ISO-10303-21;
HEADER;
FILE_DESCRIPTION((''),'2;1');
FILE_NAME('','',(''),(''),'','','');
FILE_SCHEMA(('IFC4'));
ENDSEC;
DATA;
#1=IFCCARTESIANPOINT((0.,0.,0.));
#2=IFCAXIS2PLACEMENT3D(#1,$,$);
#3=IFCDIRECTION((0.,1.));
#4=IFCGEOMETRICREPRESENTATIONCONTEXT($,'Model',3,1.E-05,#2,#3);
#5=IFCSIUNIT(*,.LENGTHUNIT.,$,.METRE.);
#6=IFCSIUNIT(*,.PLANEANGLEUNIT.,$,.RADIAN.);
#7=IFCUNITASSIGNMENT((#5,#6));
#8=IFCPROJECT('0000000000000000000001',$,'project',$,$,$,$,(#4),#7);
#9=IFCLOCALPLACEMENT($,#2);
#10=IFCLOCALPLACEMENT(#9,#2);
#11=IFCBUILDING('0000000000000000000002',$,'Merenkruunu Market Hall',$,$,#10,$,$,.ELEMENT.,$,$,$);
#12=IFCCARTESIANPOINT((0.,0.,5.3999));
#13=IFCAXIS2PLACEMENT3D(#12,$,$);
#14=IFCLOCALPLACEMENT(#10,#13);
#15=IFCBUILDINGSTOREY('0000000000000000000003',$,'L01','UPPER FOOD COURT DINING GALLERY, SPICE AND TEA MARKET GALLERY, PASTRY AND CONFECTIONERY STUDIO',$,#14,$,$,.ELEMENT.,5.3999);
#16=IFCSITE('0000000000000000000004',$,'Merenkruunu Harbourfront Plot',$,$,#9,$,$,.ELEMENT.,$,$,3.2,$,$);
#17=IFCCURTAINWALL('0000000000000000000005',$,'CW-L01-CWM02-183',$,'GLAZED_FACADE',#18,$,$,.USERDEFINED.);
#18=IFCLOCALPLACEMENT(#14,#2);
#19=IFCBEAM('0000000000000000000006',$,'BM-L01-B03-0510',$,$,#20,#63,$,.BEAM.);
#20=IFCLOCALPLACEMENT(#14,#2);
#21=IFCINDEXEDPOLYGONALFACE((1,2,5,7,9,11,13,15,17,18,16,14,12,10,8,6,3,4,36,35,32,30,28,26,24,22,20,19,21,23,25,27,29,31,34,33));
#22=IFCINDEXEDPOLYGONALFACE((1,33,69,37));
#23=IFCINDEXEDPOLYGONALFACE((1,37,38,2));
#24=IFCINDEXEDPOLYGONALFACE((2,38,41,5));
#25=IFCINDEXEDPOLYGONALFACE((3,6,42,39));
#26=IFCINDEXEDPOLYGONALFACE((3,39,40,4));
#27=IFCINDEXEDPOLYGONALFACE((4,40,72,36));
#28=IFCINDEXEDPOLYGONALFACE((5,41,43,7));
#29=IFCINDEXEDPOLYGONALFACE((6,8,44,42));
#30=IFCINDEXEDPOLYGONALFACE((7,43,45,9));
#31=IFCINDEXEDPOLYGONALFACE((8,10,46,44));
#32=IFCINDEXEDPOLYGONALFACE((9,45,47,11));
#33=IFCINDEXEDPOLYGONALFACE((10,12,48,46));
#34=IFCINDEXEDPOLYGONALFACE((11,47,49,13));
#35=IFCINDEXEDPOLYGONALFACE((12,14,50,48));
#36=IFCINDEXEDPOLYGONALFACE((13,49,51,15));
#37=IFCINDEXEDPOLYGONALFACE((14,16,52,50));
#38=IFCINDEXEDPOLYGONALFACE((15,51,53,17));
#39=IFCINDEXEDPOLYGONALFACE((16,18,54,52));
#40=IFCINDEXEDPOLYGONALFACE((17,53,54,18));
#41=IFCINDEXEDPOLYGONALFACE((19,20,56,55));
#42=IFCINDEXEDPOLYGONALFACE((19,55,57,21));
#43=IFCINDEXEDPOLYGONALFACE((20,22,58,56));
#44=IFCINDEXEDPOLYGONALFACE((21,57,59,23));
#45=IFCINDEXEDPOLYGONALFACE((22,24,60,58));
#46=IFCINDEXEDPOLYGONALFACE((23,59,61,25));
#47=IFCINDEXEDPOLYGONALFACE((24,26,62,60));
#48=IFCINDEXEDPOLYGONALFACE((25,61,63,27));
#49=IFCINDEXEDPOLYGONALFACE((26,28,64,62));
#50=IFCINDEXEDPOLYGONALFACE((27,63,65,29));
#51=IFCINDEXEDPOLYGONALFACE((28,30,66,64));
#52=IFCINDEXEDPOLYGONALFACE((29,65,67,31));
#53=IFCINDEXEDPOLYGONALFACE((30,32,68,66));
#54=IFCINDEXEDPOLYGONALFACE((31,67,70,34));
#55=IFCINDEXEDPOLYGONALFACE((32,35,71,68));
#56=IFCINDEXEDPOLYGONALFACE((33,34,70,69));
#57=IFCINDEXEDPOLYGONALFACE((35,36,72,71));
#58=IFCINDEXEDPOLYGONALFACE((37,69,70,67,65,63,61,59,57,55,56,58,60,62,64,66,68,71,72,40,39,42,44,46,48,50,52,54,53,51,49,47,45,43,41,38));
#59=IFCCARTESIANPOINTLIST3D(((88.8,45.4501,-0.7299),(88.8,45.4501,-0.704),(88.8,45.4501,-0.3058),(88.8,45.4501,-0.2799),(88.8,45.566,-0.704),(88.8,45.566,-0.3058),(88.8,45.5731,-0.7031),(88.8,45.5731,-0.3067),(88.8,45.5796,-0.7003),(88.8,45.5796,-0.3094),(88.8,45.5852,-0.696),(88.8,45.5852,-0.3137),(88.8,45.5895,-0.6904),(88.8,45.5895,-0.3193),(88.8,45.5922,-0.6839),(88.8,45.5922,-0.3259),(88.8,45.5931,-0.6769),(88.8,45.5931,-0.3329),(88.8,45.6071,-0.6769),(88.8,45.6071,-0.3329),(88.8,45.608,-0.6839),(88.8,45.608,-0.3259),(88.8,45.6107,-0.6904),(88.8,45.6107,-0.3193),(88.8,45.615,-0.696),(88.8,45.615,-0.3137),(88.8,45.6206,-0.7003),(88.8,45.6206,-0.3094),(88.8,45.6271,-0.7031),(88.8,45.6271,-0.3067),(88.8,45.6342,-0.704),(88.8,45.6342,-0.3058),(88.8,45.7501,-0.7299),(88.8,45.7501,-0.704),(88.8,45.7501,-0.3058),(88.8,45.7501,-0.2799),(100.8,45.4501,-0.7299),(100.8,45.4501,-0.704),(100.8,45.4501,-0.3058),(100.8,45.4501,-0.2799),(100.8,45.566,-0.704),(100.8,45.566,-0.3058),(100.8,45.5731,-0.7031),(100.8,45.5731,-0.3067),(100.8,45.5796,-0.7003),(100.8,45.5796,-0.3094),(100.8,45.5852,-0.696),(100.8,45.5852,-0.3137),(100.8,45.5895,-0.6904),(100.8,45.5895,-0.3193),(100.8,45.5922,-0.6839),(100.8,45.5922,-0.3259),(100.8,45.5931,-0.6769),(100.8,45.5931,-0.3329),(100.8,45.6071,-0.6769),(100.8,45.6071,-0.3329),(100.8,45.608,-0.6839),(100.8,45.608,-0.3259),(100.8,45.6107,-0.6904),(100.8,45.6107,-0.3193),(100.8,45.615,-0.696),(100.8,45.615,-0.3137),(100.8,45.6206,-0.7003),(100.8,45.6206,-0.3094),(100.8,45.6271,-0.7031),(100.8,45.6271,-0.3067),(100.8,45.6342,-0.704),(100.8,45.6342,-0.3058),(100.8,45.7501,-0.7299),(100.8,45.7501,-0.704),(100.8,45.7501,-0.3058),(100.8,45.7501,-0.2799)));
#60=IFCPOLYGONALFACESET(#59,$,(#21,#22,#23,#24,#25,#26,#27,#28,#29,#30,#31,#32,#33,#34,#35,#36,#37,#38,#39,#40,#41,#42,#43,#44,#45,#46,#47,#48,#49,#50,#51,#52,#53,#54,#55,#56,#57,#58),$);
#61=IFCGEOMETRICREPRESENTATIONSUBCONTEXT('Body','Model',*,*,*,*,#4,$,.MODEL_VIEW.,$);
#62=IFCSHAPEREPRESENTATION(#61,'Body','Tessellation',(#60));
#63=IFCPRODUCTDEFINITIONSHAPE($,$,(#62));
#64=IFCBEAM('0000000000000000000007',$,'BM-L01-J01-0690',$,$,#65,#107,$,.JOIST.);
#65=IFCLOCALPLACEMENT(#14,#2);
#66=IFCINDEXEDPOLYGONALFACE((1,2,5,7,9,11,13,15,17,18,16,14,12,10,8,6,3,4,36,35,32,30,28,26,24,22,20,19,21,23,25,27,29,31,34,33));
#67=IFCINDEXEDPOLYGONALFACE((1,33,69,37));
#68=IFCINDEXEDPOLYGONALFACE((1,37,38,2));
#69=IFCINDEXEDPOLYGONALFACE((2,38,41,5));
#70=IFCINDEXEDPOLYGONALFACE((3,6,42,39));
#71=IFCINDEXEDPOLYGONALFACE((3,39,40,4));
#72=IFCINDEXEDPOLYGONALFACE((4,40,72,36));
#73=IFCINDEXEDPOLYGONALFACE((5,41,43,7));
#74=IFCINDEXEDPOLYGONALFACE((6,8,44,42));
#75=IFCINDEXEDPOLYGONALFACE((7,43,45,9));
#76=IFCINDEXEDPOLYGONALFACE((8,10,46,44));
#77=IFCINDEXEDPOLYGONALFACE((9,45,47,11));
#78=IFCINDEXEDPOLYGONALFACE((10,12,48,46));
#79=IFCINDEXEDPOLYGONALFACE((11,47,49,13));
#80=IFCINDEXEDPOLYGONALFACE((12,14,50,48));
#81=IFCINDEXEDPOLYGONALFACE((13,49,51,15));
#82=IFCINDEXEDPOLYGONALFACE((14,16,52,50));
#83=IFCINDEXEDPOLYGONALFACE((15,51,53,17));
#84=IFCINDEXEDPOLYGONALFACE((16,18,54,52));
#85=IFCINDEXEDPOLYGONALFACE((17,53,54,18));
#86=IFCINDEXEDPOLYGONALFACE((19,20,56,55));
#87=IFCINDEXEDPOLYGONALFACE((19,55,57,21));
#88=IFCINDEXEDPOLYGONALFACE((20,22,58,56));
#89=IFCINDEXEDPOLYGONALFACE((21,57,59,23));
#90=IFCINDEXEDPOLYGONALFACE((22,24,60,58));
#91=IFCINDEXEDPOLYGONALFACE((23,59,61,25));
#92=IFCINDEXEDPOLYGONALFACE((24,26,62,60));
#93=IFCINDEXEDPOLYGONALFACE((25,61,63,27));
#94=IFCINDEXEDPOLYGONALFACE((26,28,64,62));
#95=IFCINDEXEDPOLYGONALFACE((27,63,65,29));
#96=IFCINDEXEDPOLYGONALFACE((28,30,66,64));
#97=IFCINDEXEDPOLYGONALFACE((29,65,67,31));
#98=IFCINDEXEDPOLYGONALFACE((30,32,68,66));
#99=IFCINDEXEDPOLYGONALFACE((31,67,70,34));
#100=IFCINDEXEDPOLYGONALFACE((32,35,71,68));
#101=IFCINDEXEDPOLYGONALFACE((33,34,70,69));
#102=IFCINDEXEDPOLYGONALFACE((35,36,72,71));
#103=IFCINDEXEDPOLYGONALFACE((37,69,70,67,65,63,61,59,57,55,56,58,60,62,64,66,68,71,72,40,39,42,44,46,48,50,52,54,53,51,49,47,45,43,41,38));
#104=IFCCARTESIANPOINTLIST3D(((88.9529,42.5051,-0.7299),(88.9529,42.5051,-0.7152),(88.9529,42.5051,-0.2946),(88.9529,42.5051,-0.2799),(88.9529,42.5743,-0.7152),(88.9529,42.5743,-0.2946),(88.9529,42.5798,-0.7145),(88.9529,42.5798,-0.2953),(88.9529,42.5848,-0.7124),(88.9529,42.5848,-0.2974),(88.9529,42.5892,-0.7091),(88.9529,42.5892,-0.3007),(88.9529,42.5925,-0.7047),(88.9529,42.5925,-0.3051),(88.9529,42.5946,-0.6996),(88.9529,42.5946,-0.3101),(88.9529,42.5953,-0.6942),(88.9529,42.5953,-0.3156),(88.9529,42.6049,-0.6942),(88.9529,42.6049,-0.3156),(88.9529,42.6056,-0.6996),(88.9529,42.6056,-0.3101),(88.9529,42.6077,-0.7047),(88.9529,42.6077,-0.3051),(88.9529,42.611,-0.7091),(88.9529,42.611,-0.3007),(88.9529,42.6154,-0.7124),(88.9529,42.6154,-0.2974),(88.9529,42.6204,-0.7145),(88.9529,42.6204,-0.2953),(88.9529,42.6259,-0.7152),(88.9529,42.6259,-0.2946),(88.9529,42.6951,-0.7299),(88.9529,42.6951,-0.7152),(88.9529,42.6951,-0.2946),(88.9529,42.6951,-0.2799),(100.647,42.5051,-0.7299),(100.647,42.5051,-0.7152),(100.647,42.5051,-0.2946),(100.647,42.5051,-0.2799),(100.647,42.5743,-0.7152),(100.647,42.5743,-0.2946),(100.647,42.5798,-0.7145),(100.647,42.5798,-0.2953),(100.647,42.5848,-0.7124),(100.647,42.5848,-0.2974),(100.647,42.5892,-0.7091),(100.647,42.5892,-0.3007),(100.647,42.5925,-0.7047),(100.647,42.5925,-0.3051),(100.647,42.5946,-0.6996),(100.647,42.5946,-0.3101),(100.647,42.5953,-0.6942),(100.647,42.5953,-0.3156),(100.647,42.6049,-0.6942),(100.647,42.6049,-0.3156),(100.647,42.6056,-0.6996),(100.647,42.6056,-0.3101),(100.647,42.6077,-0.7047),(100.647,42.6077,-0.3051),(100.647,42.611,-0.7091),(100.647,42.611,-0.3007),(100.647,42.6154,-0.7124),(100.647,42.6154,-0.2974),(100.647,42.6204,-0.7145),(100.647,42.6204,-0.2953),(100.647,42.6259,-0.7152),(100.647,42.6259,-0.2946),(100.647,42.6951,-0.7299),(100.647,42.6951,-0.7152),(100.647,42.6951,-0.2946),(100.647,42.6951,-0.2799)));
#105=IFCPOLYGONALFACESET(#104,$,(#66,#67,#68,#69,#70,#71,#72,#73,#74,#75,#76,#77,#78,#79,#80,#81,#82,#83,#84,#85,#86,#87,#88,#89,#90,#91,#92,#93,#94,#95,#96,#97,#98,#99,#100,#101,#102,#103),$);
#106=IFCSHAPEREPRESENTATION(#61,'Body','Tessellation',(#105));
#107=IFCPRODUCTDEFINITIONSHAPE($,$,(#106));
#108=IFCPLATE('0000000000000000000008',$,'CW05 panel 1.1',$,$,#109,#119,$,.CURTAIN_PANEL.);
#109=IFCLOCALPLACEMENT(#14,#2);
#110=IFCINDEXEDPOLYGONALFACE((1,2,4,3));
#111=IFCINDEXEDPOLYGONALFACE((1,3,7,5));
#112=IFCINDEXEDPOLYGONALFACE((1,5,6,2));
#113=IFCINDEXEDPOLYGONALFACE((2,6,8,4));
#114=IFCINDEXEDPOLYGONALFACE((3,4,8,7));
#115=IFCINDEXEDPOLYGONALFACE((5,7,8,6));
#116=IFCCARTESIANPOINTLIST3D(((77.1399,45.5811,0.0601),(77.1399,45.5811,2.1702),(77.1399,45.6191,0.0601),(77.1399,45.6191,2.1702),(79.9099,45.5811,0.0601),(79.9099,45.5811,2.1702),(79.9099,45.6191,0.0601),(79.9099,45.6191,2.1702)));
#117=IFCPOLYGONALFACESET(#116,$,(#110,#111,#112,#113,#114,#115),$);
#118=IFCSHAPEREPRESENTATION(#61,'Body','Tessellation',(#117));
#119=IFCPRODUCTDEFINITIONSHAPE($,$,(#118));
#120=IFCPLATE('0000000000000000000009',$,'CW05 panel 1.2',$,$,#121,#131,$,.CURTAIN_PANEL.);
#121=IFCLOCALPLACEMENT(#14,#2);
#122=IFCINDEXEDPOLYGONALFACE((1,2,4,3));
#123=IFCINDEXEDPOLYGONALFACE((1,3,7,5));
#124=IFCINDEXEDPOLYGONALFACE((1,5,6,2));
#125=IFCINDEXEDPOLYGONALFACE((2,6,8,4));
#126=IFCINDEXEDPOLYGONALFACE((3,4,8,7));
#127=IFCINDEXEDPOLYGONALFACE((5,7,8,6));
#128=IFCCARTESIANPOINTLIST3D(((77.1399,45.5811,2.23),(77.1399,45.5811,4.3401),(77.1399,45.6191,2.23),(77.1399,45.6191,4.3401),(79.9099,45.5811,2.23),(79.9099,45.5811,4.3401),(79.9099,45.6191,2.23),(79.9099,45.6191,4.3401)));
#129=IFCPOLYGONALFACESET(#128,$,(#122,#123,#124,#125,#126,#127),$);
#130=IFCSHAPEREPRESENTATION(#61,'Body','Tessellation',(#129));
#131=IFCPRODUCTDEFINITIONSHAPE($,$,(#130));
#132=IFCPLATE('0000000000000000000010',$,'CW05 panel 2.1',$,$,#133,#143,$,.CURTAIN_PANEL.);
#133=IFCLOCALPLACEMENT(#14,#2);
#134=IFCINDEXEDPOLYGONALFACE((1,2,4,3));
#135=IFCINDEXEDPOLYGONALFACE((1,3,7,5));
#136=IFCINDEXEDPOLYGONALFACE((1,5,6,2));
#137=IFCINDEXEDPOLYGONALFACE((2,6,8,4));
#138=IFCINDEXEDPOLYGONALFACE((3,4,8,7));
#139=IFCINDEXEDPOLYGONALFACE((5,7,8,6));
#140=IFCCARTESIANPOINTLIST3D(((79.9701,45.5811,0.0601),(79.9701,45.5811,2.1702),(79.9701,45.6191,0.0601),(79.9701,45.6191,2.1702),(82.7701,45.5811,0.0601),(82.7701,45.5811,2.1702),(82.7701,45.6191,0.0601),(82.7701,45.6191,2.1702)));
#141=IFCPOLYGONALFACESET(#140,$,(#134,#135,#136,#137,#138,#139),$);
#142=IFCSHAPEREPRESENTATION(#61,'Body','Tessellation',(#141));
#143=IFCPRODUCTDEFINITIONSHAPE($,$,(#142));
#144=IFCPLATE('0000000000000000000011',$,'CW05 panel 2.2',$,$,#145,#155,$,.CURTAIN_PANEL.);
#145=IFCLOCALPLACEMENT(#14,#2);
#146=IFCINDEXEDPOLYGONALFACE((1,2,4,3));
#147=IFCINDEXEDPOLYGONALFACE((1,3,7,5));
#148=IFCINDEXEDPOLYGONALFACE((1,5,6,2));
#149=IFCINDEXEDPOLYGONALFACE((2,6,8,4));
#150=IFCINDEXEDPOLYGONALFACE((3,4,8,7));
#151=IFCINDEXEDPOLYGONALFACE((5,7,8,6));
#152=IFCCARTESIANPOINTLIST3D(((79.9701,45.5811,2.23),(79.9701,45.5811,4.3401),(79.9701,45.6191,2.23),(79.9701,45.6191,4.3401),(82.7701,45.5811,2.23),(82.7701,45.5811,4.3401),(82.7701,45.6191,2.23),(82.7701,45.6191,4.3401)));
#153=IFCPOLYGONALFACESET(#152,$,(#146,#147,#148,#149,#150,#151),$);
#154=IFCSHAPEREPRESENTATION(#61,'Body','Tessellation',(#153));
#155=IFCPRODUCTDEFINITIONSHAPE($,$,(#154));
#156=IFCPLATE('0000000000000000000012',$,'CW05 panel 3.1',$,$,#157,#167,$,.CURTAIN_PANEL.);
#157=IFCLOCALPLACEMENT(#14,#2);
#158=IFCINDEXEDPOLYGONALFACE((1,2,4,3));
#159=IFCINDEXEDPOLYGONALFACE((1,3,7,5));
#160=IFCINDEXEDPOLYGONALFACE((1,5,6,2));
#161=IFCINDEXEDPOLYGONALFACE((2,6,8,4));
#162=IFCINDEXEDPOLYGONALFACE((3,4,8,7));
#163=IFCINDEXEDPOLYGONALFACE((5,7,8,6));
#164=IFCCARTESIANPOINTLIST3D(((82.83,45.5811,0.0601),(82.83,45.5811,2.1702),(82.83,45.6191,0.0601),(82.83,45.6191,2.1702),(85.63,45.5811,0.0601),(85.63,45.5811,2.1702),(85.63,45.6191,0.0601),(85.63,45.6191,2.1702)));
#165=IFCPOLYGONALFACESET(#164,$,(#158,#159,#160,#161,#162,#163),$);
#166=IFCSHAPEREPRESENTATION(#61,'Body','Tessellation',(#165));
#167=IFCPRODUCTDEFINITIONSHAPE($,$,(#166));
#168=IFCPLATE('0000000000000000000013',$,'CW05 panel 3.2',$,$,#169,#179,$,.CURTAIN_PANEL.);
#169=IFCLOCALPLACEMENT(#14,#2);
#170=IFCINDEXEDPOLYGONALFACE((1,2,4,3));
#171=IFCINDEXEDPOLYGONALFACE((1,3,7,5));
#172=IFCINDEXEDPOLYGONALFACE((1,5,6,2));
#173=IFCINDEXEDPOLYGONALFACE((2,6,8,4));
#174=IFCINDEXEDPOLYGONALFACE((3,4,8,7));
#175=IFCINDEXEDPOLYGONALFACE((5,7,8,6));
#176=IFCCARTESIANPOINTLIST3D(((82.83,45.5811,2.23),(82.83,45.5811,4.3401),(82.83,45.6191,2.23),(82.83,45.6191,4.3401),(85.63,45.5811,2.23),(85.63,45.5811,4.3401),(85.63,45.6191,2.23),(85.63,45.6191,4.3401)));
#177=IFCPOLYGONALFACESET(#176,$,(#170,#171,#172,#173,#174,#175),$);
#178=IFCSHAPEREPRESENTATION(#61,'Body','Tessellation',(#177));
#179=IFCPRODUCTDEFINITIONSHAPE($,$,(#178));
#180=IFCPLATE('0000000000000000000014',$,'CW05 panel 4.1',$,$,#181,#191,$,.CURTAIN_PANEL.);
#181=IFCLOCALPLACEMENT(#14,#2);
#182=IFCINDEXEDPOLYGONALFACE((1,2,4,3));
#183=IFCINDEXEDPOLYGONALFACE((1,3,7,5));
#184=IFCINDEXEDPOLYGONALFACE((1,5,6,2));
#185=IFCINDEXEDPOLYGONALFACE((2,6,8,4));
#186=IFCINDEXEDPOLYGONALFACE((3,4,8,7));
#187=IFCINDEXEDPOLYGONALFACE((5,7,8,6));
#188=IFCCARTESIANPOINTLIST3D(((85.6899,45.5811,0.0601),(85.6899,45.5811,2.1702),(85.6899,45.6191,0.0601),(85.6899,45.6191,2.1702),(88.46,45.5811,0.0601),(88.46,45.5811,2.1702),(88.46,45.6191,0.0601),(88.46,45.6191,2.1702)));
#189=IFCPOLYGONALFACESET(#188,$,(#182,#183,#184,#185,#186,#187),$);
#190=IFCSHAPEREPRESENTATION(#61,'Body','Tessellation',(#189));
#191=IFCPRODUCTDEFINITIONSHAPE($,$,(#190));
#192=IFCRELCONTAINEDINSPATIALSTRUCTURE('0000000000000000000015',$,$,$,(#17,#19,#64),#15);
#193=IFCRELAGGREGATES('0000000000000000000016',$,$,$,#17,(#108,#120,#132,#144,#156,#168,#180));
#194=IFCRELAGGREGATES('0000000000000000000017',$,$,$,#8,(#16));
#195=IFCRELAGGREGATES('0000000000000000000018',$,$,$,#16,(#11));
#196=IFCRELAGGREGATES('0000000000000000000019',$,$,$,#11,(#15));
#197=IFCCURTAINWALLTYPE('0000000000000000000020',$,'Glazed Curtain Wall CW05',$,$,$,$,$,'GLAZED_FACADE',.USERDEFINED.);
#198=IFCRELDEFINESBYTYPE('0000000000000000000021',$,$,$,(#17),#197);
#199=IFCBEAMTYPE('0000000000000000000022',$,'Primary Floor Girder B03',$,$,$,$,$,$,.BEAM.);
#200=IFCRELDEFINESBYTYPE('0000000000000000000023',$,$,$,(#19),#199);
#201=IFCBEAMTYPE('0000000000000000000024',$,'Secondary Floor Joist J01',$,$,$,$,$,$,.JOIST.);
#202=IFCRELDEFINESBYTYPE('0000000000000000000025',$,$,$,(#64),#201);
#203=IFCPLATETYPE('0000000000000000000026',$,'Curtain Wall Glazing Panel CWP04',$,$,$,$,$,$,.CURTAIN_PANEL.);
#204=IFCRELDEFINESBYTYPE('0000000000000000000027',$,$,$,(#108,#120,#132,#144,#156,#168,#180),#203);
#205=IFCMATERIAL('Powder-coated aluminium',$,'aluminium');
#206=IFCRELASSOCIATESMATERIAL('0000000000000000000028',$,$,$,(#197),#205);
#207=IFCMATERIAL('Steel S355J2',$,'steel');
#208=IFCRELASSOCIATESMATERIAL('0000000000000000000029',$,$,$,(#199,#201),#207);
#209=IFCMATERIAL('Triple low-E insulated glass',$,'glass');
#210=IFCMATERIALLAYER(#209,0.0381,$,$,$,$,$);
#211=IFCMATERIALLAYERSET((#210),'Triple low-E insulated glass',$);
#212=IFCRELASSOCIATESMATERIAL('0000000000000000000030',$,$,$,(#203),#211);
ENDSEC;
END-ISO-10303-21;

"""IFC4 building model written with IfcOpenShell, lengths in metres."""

from ifc_helpers import new_model, si_unit, direction, frame, origin, origin_2d, place, context, subcontext, project, spatial, rectangle, i_section, extrude, material, layer, layer_set, material_profile, profile_set, type_object, element, aggregate, save


model = new_model("IFC4")

# Units and contexts
model_context = context("Model", 3, precision=1e-05, world=origin(), true_north=direction((0.0, 1.0)))
body_context = subcontext(model_context, "Body", "Model", "MODEL_VIEW")
ifc_project = project(units=[si_unit("LENGTHUNIT", "METRE"), si_unit("PLANEANGLEUNIT", "RADIAN")], contexts=[model_context])

# Site, building, storey
site_placement = place(None, origin())
site = spatial("IfcSite", under=ifc_project, at=site_placement, Name="Merenkruunu Harbourfront Plot", CompositionType="ELEMENT", RefElevation=3.2)
building_placement = place(site_placement, origin())
building = spatial("IfcBuilding", under=site, at=building_placement, Name="Merenkruunu Market Hall", CompositionType="ELEMENT")
storey_placement = place(building_placement, frame((0.0, 0.0, 5.3999)))
storey = spatial("IfcBuildingStorey", under=building, at=storey_placement, Name="L01", Description="UPPER FOOD COURT DINING GALLERY, SPICE AND TEA MARKET GALLERY, PASTRY AND CONFECTIONERY STUDIO", CompositionType="ELEMENT", Elevation=5.3999)

# Shared definitions
ifc_material_1 = material(Name="Steel S355J2", Category="steel")

# Curtain wall
ifc_material_2 = material(Name="Powder-coated aluminium", Category="aluminium")
curtain_wall_type = type_object("IfcCurtainWallType", Name="Glazed Curtain Wall CW05", ElementType="GLAZED_FACADE", PredefinedType="USERDEFINED", material=ifc_material_2)
curtain_wall_1_placement = place(storey_placement, origin())
curtain_wall_1 = element("IfcCurtainWall", 1, at=curtain_wall_1_placement, inside=storey, type_object=curtain_wall_type, Name="CW-L01-CWM02-183", ObjectType="GLAZED_FACADE", PredefinedType="USERDEFINED")

# Beams
ifc_material_profile_1 = material_profile(ifc_material_1, i_section(OverallWidth=0.3, OverallDepth=0.45, WebThickness=0.0139, FlangeThickness=0.0259, FilletRadius=0.0271, at=origin_2d()), Name="HEB 450")
ifc_profile_set_1 = profile_set([ifc_material_profile_1], Name="Steel S355J2")
beam_type_1 = type_object("IfcBeamType", Name="Primary Floor Girder B03", PredefinedType="BEAM", material=ifc_profile_set_1)
beam_1_placement = place(storey_placement, frame((88.8, 45.6001, -0.5049), z_axis=(1.0, 0.0, 0.0), x_axis=(0.0, 1.0, 0.0)))
element("IfcBeam", 2, at=beam_1_placement, inside=storey, type_object=beam_type_1, Name="BM-L01-B03-0510", PredefinedType="BEAM", context=body_context, shape_type="SweptSolid", body=[
    extrude(i_section(OverallWidth=0.3, OverallDepth=0.45, WebThickness=0.0139, FlangeThickness=0.0259, FilletRadius=0.0271, at=origin_2d()), origin(), (0.0, 0.0, 1.0), 12.0),
])
ifc_material_profile_2 = material_profile(ifc_material_1, i_section(OverallWidth=0.1899, OverallDepth=0.45, WebThickness=0.0095, FlangeThickness=0.0146, FilletRadius=0.021, at=origin_2d()), Name="IPE 450")
ifc_profile_set_2 = profile_set([ifc_material_profile_2], Name="Steel S355J2")
beam_type_2 = type_object("IfcBeamType", Name="Secondary Floor Joist J01", PredefinedType="JOIST", material=ifc_profile_set_2)
beam_2_placement = place(storey_placement, frame((88.9529, 42.6001, -0.5049), z_axis=(1.0, 0.0, 0.0), x_axis=(0.0, 1.0, 0.0)))
element("IfcBeam", 3, at=beam_2_placement, inside=storey, type_object=beam_type_2, Name="BM-L01-J01-0690", PredefinedType="JOIST", context=body_context, shape_type="SweptSolid", body=[
    extrude(i_section(OverallWidth=0.1899, OverallDepth=0.45, WebThickness=0.0095, FlangeThickness=0.0146, FilletRadius=0.021, at=origin_2d()), origin(), (0.0, 0.0, 1.0), 11.6941),
])

# Plates
ifc_material_3 = material(Name="Triple low-E insulated glass", Category="glass")
ifc_layer_1 = layer(ifc_material_3, 0.0381)
ifc_layer_set_1 = layer_set([ifc_layer_1], Name="Triple low-E insulated glass")
plate_type = type_object("IfcPlateType", Name="Curtain Wall Glazing Panel CWP04", PredefinedType="CURTAIN_PANEL", material=ifc_layer_set_1)
plate_1_placement = place(storey_placement, frame((78.5249, 45.6001, 0.0601), z_axis=(0.0, 0.0, 1.0), x_axis=(1.0, 0.0, 0.0)))
plate_1 = element("IfcPlate", 4, at=plate_1_placement, type_object=plate_type, Name="CW05 panel 1.1", PredefinedType="CURTAIN_PANEL", context=body_context, shape_type="SweptSolid", body=[
    extrude(rectangle(XDim=2.77, YDim=0.0381, at=origin_2d()), origin(), (0.0, 0.0, 1.0), 2.1101),
])
plate_2_placement = place(storey_placement, frame((78.5249, 45.6001, 2.23), z_axis=(0.0, 0.0, 1.0), x_axis=(1.0, 0.0, 0.0)))
plate_2 = element("IfcPlate", 5, at=plate_2_placement, type_object=plate_type, Name="CW05 panel 1.2", PredefinedType="CURTAIN_PANEL", context=body_context, shape_type="SweptSolid", body=[
    extrude(rectangle(XDim=2.77, YDim=0.0381, at=origin_2d()), origin(), (0.0, 0.0, 1.0), 2.1101),
])
plate_3_placement = place(storey_placement, frame((81.3701, 45.6001, 0.0601), z_axis=(0.0, 0.0, 1.0), x_axis=(1.0, 0.0, 0.0)))
plate_3 = element("IfcPlate", 6, at=plate_3_placement, type_object=plate_type, Name="CW05 panel 2.1", PredefinedType="CURTAIN_PANEL", context=body_context, shape_type="SweptSolid", body=[
    extrude(rectangle(XDim=2.8, YDim=0.0381, at=origin_2d()), origin(), (0.0, 0.0, 1.0), 2.1101),
])
plate_4_placement = place(storey_placement, frame((81.3701, 45.6001, 2.23), z_axis=(0.0, 0.0, 1.0), x_axis=(1.0, 0.0, 0.0)))
plate_4 = element("IfcPlate", 7, at=plate_4_placement, type_object=plate_type, Name="CW05 panel 2.2", PredefinedType="CURTAIN_PANEL", context=body_context, shape_type="SweptSolid", body=[
    extrude(rectangle(XDim=2.8, YDim=0.0381, at=origin_2d()), origin(), (0.0, 0.0, 1.0), 2.1101),
])
plate_5_placement = place(storey_placement, frame((84.23, 45.6001, 0.0601), z_axis=(0.0, 0.0, 1.0), x_axis=(1.0, 0.0, 0.0)))
plate_5 = element("IfcPlate", 8, at=plate_5_placement, type_object=plate_type, Name="CW05 panel 3.1", PredefinedType="CURTAIN_PANEL", context=body_context, shape_type="SweptSolid", body=[
    extrude(rectangle(XDim=2.8, YDim=0.0381, at=origin_2d()), origin(), (0.0, 0.0, 1.0), 2.1101),
])
plate_6_placement = place(storey_placement, frame((84.23, 45.6001, 2.23), z_axis=(0.0, 0.0, 1.0), x_axis=(1.0, 0.0, 0.0)))
plate_6 = element("IfcPlate", 9, at=plate_6_placement, type_object=plate_type, Name="CW05 panel 3.2", PredefinedType="CURTAIN_PANEL", context=body_context, shape_type="SweptSolid", body=[
    extrude(rectangle(XDim=2.8, YDim=0.0381, at=origin_2d()), origin(), (0.0, 0.0, 1.0), 2.1101),
])
plate_7_placement = place(storey_placement, frame((87.075, 45.6001, 0.0601), z_axis=(0.0, 0.0, 1.0), x_axis=(1.0, 0.0, 0.0)))
plate_7 = element("IfcPlate", 10, at=plate_7_placement, type_object=plate_type, Name="CW05 panel 4.1", PredefinedType="CURTAIN_PANEL", context=body_context, shape_type="SweptSolid", body=[
    extrude(rectangle(XDim=2.77, YDim=0.0381, at=origin_2d()), origin(), (0.0, 0.0, 1.0), 2.1101),
])
aggregate(curtain_wall_1, [plate_1, plate_2, plate_3, plate_4, plate_5, plate_6, plate_7])

save(model, "model.ifc")
